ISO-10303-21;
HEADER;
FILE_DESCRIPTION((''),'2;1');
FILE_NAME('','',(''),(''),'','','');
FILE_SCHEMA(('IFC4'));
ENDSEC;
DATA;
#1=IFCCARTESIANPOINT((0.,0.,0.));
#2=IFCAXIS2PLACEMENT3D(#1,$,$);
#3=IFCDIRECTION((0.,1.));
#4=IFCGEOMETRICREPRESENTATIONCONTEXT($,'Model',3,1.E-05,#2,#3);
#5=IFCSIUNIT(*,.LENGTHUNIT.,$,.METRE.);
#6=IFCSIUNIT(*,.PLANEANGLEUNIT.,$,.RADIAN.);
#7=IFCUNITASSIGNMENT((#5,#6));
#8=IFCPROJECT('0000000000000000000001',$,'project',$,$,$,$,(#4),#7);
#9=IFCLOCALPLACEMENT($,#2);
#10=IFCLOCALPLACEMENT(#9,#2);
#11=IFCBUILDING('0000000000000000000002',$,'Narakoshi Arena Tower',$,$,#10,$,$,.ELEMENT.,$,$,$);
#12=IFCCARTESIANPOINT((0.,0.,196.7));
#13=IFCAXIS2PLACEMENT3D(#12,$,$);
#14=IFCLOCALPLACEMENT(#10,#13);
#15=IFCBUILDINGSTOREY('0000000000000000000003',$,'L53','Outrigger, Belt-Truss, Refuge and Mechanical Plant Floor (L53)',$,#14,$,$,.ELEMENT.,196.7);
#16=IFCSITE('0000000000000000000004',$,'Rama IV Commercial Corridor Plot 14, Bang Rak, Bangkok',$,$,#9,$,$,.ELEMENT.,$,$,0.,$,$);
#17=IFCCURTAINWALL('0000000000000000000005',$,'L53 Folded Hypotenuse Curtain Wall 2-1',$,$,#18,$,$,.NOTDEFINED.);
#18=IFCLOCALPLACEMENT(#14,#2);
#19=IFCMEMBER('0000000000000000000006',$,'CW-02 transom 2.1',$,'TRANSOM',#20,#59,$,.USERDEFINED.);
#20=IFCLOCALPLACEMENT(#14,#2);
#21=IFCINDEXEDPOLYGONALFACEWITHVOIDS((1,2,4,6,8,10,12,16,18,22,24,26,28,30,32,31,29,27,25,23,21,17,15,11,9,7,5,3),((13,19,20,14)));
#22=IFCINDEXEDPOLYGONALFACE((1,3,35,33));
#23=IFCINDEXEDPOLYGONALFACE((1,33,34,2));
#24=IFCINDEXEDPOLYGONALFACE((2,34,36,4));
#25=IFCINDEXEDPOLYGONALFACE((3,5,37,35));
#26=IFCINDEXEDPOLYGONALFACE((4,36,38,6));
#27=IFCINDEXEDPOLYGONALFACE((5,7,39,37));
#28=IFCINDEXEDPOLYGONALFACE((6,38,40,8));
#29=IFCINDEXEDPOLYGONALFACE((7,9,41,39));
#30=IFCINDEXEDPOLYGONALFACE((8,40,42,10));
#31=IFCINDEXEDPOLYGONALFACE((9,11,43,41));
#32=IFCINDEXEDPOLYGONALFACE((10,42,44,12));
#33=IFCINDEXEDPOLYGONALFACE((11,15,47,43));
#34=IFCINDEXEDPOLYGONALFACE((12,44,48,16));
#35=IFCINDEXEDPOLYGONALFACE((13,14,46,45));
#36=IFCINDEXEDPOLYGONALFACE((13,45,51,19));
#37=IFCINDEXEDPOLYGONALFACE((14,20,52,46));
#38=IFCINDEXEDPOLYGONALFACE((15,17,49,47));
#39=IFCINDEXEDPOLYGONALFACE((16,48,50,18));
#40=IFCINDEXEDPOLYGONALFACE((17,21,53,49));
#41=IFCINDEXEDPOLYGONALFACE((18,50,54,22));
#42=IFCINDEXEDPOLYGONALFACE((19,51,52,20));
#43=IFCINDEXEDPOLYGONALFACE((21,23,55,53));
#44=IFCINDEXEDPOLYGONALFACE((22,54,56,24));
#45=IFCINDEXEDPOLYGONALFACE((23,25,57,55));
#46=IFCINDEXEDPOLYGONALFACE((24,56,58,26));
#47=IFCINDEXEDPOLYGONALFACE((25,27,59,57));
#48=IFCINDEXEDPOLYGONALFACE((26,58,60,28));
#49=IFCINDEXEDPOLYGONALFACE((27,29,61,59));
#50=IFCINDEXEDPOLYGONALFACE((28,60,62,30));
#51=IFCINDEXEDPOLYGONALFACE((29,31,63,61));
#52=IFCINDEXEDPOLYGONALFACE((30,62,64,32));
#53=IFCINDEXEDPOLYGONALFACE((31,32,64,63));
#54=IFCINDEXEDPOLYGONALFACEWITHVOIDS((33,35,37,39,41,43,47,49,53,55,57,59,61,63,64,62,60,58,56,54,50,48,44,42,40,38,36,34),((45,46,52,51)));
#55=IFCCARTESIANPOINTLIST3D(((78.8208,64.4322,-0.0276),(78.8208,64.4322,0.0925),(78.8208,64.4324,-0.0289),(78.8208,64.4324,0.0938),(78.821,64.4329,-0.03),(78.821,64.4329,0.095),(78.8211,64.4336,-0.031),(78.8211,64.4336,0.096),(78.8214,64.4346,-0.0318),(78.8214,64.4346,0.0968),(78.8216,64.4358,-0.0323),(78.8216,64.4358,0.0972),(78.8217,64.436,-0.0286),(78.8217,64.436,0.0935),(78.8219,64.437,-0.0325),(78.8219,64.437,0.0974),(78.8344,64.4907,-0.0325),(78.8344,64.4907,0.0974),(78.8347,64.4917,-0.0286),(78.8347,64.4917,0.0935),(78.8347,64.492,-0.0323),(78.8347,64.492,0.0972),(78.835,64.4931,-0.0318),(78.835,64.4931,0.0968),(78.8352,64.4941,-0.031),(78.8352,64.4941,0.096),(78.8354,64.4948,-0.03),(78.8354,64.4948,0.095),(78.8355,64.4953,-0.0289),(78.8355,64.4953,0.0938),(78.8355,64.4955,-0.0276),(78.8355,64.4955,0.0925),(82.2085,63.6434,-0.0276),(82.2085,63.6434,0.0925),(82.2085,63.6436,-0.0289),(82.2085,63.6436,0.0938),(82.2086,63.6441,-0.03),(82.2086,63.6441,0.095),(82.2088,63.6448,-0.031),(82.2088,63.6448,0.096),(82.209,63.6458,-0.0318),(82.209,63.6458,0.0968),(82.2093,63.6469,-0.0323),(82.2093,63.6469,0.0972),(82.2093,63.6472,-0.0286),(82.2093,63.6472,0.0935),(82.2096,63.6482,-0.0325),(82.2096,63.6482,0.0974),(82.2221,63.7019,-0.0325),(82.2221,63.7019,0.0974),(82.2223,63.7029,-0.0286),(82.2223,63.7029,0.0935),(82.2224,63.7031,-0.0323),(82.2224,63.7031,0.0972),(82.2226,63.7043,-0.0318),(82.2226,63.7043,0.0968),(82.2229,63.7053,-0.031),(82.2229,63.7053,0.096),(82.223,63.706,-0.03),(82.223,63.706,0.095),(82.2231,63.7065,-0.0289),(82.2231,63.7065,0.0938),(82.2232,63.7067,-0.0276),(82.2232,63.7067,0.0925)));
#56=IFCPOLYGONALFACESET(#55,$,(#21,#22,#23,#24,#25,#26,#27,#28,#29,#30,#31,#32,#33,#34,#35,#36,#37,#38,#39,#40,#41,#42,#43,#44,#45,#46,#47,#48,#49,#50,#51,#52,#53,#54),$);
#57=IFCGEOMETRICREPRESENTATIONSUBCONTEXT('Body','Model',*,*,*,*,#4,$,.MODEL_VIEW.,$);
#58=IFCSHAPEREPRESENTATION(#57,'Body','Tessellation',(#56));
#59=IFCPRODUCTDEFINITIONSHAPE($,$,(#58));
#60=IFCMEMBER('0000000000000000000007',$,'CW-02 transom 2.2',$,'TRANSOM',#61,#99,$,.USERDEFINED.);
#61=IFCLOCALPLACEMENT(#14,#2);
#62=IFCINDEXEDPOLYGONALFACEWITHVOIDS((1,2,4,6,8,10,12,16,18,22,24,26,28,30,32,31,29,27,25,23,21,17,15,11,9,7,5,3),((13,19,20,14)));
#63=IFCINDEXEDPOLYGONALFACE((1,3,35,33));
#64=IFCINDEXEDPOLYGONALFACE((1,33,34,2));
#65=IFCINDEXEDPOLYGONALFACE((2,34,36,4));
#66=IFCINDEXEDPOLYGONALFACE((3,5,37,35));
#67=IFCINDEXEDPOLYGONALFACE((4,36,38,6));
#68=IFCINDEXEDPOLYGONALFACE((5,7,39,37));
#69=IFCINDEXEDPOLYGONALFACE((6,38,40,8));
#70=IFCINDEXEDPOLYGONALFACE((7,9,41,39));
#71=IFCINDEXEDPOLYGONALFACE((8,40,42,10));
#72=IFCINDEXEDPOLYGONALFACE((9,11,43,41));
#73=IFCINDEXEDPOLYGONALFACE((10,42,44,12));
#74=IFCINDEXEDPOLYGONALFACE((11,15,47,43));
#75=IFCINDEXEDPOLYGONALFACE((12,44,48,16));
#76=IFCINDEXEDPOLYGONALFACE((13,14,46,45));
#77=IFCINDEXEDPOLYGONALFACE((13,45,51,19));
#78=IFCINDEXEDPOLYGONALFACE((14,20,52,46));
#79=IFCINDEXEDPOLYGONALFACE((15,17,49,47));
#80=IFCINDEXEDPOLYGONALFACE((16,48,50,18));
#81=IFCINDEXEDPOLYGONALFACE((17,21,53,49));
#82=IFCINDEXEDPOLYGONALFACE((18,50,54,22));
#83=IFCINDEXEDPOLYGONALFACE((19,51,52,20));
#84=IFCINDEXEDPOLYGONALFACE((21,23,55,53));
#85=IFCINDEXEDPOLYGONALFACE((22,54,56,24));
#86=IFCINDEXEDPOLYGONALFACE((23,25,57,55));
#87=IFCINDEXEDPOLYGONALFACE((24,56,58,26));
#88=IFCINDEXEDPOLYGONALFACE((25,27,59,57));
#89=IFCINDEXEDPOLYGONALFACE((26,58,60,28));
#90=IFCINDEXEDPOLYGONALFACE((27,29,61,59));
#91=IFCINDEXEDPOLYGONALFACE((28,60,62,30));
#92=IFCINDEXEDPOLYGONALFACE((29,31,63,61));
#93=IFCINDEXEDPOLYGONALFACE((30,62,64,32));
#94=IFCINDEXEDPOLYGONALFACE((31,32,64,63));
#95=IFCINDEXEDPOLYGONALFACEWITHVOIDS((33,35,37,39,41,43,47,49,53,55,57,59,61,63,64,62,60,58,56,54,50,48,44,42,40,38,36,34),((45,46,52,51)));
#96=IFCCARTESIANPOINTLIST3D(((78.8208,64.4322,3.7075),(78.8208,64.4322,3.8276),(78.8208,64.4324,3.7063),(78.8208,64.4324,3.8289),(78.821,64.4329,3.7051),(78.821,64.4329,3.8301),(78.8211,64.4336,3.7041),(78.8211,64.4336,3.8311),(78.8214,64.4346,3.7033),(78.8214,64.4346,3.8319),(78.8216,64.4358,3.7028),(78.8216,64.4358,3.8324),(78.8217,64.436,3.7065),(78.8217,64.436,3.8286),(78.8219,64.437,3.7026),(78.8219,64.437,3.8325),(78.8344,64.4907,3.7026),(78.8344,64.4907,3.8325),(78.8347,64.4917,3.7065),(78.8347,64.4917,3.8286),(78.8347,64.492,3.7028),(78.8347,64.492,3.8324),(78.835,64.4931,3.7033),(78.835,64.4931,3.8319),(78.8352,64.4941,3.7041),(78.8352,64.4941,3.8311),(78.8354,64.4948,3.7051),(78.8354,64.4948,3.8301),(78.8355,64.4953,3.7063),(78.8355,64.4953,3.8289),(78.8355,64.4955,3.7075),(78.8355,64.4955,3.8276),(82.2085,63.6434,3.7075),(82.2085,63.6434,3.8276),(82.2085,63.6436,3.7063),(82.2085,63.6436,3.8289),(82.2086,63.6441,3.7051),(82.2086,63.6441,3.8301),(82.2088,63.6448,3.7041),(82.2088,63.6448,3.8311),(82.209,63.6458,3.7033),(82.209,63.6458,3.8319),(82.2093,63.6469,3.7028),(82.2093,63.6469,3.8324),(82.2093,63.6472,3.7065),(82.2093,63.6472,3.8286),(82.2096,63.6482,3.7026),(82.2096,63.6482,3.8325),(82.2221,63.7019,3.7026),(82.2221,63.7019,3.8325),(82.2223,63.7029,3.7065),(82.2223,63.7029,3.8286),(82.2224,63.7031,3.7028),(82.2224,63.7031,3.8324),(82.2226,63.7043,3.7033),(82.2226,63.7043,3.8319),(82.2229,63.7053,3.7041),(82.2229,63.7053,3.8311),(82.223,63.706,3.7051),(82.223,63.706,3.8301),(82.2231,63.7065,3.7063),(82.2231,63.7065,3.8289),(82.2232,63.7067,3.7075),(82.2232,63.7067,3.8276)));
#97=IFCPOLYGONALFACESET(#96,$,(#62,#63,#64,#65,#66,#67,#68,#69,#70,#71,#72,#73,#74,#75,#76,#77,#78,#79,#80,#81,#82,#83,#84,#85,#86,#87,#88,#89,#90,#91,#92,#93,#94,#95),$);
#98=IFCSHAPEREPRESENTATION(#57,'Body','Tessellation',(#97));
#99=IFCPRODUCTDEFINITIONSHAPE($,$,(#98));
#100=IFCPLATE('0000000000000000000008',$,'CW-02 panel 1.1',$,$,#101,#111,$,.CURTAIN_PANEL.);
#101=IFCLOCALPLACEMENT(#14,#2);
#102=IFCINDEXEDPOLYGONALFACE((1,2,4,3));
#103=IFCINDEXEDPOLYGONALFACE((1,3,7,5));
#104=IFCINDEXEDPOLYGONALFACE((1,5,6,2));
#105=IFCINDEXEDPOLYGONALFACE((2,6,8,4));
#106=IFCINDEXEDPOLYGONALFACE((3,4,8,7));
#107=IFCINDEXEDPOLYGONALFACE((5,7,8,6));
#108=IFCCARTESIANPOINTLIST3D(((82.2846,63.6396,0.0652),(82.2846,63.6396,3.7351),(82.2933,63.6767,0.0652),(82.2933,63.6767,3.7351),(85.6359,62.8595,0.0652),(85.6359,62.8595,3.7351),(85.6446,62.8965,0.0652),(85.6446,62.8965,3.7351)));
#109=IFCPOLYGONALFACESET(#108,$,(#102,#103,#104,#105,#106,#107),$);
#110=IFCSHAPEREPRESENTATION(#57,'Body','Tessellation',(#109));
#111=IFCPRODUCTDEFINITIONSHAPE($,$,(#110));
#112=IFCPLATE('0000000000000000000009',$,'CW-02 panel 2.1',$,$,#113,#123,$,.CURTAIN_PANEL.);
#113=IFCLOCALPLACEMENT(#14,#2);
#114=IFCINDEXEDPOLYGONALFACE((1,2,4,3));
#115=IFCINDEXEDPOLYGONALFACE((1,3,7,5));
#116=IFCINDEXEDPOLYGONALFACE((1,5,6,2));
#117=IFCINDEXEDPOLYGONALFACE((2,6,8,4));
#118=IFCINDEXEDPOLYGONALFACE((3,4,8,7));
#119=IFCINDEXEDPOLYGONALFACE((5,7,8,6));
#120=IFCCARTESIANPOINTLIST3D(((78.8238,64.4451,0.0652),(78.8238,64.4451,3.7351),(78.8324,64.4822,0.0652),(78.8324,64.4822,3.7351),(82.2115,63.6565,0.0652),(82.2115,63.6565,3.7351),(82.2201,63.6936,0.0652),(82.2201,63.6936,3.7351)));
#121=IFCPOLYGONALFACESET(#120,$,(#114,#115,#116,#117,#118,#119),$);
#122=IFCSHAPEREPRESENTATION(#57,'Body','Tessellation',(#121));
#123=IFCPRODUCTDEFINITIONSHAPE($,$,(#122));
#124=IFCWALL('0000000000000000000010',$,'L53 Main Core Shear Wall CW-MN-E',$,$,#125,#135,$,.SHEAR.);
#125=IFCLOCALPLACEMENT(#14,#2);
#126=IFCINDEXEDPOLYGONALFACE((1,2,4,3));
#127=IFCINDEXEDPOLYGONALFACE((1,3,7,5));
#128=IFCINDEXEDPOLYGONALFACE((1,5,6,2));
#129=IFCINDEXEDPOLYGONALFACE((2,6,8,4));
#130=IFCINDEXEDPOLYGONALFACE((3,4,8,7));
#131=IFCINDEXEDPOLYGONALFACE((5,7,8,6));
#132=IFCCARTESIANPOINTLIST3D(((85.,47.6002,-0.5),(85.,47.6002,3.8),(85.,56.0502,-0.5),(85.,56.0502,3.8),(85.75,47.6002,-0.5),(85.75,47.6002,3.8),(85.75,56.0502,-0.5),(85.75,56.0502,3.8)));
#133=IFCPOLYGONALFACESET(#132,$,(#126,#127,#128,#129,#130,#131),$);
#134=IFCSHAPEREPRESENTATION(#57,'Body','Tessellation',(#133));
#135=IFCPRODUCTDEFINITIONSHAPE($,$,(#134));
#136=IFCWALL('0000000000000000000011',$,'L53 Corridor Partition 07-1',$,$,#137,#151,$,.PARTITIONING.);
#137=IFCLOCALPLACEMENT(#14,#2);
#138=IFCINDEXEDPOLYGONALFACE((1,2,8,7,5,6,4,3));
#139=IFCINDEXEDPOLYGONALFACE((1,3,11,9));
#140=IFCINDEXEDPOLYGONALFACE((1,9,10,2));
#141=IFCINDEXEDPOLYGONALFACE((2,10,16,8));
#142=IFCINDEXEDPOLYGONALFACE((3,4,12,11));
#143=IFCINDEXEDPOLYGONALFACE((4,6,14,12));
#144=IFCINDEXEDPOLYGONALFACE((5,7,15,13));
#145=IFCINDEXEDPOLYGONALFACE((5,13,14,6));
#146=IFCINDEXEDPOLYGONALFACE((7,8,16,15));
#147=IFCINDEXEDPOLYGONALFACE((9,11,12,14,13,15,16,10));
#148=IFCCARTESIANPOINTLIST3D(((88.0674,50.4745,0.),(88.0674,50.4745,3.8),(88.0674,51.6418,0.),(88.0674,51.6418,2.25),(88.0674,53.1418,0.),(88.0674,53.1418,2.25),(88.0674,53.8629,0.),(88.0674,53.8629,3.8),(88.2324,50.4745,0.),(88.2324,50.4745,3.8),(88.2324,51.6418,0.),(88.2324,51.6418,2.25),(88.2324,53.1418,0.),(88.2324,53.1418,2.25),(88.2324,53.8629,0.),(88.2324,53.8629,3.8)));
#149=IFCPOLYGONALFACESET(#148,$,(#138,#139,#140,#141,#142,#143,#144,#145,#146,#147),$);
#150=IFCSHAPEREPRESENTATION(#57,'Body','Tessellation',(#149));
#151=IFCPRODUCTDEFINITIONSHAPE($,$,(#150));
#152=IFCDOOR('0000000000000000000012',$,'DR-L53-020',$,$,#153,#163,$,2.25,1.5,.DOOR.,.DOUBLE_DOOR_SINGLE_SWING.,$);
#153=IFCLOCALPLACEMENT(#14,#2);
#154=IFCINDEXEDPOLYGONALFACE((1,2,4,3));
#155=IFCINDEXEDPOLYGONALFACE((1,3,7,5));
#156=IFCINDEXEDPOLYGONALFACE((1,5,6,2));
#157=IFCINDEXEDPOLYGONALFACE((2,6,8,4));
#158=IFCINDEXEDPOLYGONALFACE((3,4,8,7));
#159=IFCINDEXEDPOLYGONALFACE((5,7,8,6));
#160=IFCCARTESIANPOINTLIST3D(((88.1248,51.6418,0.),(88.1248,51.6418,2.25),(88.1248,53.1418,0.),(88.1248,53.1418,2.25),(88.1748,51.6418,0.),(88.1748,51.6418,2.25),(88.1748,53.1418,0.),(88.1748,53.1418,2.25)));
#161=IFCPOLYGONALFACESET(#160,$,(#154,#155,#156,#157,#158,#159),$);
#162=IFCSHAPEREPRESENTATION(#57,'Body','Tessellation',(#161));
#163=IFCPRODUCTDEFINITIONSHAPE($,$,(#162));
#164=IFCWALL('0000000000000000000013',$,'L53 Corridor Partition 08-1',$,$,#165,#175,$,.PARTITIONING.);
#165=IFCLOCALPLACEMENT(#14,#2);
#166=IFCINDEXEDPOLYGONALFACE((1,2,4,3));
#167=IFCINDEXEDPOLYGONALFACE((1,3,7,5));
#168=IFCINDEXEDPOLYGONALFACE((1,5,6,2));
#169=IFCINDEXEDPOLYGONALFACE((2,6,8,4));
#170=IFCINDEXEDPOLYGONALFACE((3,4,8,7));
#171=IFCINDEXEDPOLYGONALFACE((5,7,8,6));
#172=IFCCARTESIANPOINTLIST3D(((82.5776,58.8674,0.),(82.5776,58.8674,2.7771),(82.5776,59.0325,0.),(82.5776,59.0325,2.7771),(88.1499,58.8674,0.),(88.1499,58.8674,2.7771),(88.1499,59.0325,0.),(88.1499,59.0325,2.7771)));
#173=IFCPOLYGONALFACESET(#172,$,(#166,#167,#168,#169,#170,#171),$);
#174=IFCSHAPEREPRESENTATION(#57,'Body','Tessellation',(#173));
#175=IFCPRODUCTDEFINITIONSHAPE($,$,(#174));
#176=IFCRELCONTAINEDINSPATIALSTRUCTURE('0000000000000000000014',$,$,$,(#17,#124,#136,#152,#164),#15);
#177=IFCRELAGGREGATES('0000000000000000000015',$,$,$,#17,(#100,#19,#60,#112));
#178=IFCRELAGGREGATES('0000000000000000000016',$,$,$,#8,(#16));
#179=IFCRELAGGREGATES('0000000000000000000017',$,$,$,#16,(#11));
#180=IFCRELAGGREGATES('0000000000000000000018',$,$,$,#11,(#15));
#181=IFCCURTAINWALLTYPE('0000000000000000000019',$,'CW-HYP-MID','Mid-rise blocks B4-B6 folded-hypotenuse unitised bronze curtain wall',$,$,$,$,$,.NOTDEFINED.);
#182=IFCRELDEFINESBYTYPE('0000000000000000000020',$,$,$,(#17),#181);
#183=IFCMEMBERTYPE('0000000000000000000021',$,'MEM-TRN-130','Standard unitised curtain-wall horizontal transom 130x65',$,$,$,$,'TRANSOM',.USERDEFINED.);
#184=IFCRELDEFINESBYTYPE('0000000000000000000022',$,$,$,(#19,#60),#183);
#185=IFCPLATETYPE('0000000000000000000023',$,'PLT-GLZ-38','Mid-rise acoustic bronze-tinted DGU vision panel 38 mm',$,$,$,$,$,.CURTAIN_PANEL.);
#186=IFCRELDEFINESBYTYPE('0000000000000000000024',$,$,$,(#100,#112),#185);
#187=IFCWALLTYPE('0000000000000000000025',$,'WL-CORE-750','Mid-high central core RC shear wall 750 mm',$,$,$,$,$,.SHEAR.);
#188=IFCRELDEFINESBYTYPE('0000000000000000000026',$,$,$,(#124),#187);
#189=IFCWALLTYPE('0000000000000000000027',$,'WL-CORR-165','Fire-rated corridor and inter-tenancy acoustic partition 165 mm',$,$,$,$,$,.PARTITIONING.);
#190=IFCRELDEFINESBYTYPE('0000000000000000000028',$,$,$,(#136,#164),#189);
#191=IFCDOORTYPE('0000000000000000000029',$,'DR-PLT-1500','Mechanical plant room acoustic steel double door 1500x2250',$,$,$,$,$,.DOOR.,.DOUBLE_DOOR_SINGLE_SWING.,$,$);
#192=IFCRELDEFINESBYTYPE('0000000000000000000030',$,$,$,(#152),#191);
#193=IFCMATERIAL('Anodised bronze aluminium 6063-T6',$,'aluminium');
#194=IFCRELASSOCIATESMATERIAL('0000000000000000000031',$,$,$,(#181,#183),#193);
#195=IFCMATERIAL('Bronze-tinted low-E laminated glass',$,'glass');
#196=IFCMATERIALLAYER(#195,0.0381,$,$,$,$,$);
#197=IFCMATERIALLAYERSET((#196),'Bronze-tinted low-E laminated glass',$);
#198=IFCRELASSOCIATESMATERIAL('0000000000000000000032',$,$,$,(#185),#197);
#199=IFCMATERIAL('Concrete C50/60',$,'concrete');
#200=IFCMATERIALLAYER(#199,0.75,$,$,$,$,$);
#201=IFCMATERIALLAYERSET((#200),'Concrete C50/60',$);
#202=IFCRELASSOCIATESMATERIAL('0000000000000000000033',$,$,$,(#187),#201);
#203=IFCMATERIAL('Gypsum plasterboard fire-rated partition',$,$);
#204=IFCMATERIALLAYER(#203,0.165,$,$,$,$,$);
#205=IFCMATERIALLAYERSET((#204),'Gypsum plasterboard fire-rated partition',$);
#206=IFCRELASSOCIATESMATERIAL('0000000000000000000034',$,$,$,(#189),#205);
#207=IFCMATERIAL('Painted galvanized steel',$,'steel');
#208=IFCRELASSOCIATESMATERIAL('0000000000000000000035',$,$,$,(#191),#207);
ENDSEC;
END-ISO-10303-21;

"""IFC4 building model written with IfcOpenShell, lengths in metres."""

from ifc_helpers import new_model, si_unit, direction, frame, frame_2d, origin, origin_2d, place, context, subcontext, project, spatial, rectangle, hollow_rectangle, extrude, material, layer, layer_set, material_profile, profile_set, type_object, element, fill, aggregate, save


model = new_model("IFC4")

# Units and contexts
model_context = context("Model", 3, precision=1e-05, world=origin(), true_north=direction((0.0, 1.0)))
body_context = subcontext(model_context, "Body", "Model", "MODEL_VIEW")
ifc_project = project(units=[si_unit("LENGTHUNIT", "METRE"), si_unit("PLANEANGLEUNIT", "RADIAN")], contexts=[model_context])

# Site, building, storey
site_placement = place(None, origin())
site = spatial("IfcSite", under=ifc_project, at=site_placement, Name="Rama IV Commercial Corridor Plot 14, Bang Rak, Bangkok", CompositionType="ELEMENT", RefElevation=0.0)
building_placement = place(site_placement, origin())
building = spatial("IfcBuilding", under=site, at=building_placement, Name="Narakoshi Arena Tower", CompositionType="ELEMENT")
storey_placement = place(building_placement, frame((0.0, 0.0, 196.7)))
storey = spatial("IfcBuildingStorey", under=building, at=storey_placement, Name="L53", Description="Outrigger, Belt-Truss, Refuge and Mechanical Plant Floor (L53)", CompositionType="ELEMENT", Elevation=196.7)

# Curtain wall, members, plates
ifc_material_1 = material(Name="Anodised bronze aluminium 6063-T6", Category="aluminium")
curtain_wall_type = type_object("IfcCurtainWallType", Name="CW-HYP-MID", Description="Mid-rise blocks B4-B6 folded-hypotenuse unitised bronze curtain wall", PredefinedType="NOTDEFINED", material=ifc_material_1)
curtain_wall_placement = place(storey_placement, origin())
curtain_wall = element("IfcCurtainWall", 1, at=curtain_wall_placement, inside=storey, type_object=curtain_wall_type, Name="L53 Folded Hypotenuse Curtain Wall 2-1", PredefinedType="NOTDEFINED")
ifc_material_profile_1 = material_profile(ifc_material_1, hollow_rectangle(XDim=0.0649, YDim=0.1299, WallThickness=0.0039, OuterFilletRadius=0.0049, at=origin_2d()), Name="TRN130x65x4")
ifc_profile_set_1 = profile_set([ifc_material_profile_1], Name="Anodised bronze aluminium 6063-T6")
member_type_1 = type_object("IfcMemberType", Name="MEM-TRN-130", Description="Standard unitised curtain-wall horizontal transom 130x65", ElementType="TRANSOM", PredefinedType="USERDEFINED", material=ifc_profile_set_1)
member_1_placement = place(storey_placement, frame((82.2158, 63.675, 0.0325), z_axis=(-0.973946, 0.226781, 0.0), x_axis=(-0.226781, -0.973946, 0.0)))
member_1 = element("IfcMember", 2, at=member_1_placement, type_object=member_type_1, Name="CW-02 transom 2.1", ObjectType="TRANSOM", PredefinedType="USERDEFINED", context=body_context, shape_type="SweptSolid", body=[
    extrude(hollow_rectangle(XDim=0.0649, YDim=0.1299, WallThickness=0.0039, OuterFilletRadius=0.0049, at=origin_2d()), origin(), (0.0, 0.0, 1.0), 3.4783),
])
member_2_placement = place(storey_placement, frame((82.2158, 63.675, 3.7676), z_axis=(-0.973946, 0.226781, 0.0), x_axis=(-0.226781, -0.973946, 0.0)))
member_2 = element("IfcMember", 3, at=member_2_placement, type_object=member_type_1, Name="CW-02 transom 2.2", ObjectType="TRANSOM", PredefinedType="USERDEFINED", context=body_context, shape_type="SweptSolid", body=[
    extrude(hollow_rectangle(XDim=0.0649, YDim=0.1299, WallThickness=0.0039, OuterFilletRadius=0.0049, at=origin_2d()), origin(), (0.0, 0.0, 1.0), 3.4783),
])
ifc_material_2 = material(Name="Bronze-tinted low-E laminated glass", Category="glass")
ifc_layer_1 = layer(ifc_material_2, 0.0381)
ifc_layer_set_1 = layer_set([ifc_layer_1], Name="Bronze-tinted low-E laminated glass")
plate_type = type_object("IfcPlateType", Name="PLT-GLZ-38", Description="Mid-rise acoustic bronze-tinted DGU vision panel 38 mm", PredefinedType="CURTAIN_PANEL", material=ifc_layer_set_1)
plate_1_placement = place(storey_placement, frame((83.9646, 63.2681, 0.0652), z_axis=(0.0, 0.0, 1.0), x_axis=(-0.97396, 0.226721, 0.0)))
plate_1 = element("IfcPlate", 4, at=plate_1_placement, type_object=plate_type, Name="CW-02 panel 1.1", PredefinedType="CURTAIN_PANEL", context=body_context, shape_type="SweptSolid", body=[
    extrude(rectangle(XDim=3.4409, YDim=0.0381, at=origin_2d()), origin(), (0.0, 0.0, 1.0), 3.6699),
])
plate_2_placement = place(storey_placement, frame((80.522, 64.0693, 0.0652), z_axis=(0.0, 0.0, 1.0), x_axis=(-0.97396, 0.226721, 0.0)))
plate_2 = element("IfcPlate", 5, at=plate_2_placement, type_object=plate_type, Name="CW-02 panel 2.1", PredefinedType="CURTAIN_PANEL", context=body_context, shape_type="SweptSolid", body=[
    extrude(rectangle(XDim=3.4783, YDim=0.0381, at=origin_2d()), origin(), (0.0, 0.0, 1.0), 3.6699),
])
aggregate(curtain_wall, [plate_1, member_1, member_2, plate_2])

# Wall
ifc_material_3 = material(Name="Concrete C50/60", Category="concrete")
ifc_layer_2 = layer(ifc_material_3, 0.75)
ifc_layer_set_2 = layer_set([ifc_layer_2], Name="Concrete C50/60")
wall_type_1 = type_object("IfcWallType", Name="WL-CORE-750", Description="Mid-high central core RC shear wall 750 mm", PredefinedType="SHEAR", material=ifc_layer_set_2)
wall_1_placement = place(storey_placement, frame((85.375, 47.6001, -0.5), z_axis=(0.0, 0.0, 1.0), x_axis=(0.0, 1.0, 0.0)))
element("IfcWall", 6, at=wall_1_placement, inside=storey, type_object=wall_type_1, Name="L53 Main Core Shear Wall CW-MN-E", PredefinedType="SHEAR", context=body_context, shape_type="SweptSolid", body=[
    extrude(rectangle(XDim=8.45, YDim=0.75, at=frame_2d((4.2251, 0.0))), origin(), (0.0, 0.0, 1.0), 4.3),
])

# Wall, opening, door
ifc_material_4 = material(Name="Gypsum plasterboard fire-rated partition")
ifc_layer_3 = layer(ifc_material_4, 0.165)
ifc_layer_set_3 = layer_set([ifc_layer_3], Name="Gypsum plasterboard fire-rated partition")
wall_type_2 = type_object("IfcWallType", Name="WL-CORR-165", Description="Fire-rated corridor and inter-tenancy acoustic partition 165 mm", PredefinedType="PARTITIONING", material=ifc_layer_set_3)
wall_2_placement = place(storey_placement, frame((88.1499, 50.4744, 0.0), z_axis=(0.0, 0.0, 1.0), x_axis=(0.0, 1.0, 0.0)))
wall_2 = element("IfcWall", 7, at=wall_2_placement, inside=storey, type_object=wall_type_2, Name="L53 Corridor Partition 07-1", PredefinedType="PARTITIONING", context=body_context, shape_type="SweptSolid", body=[
    extrude(rectangle(XDim=3.3884, YDim=0.165, at=frame_2d((1.6943, 0.0))), origin(), (0.0, 0.0, 1.0), 3.8),
])
opening_1_placement = place(wall_2_placement, frame((1.1675, 0.0, 0.0)))
opening_1 = element("IfcOpeningElement", 8, at=opening_1_placement, cuts=wall_2, PredefinedType="OPENING", context=body_context, shape_type="SweptSolid", body=[
    extrude(rectangle(XDim=1.5, YDim=2.25, at=frame_2d((0.75, 1.125))), frame((0.0, 0.0925, 0.0), z_axis=(0.0, -1.0, 0.0), x_axis=(1.0, 0.0, 0.0)), (0.0, 0.0, 1.0), 0.1851),
])
ifc_material_5 = material(Name="Painted galvanized steel", Category="steel")
door_type = type_object("IfcDoorType", Name="DR-PLT-1500", Description="Mechanical plant room acoustic steel double door 1500x2250", OperationType="DOUBLE_DOOR_SINGLE_SWING", PredefinedType="DOOR", material=ifc_material_5)
door_1_placement = place(opening_1_placement, frame((1.5, 0.0, 0.0), z_axis=(0.0, 0.0, 1.0), x_axis=(-1.0, 0.0, 0.0)))
door_1 = element("IfcDoor", 9, at=door_1_placement, inside=storey, type_object=door_type, Name="DR-L53-020", OperationType="DOUBLE_DOOR_SINGLE_SWING", OverallHeight=2.25, OverallWidth=1.5, PredefinedType="DOOR", context=body_context, shape_type="SweptSolid", body=[
    extrude(rectangle(XDim=1.5, YDim=2.25, at=frame_2d((0.75, 1.125))), frame((0.0, 0.0249, 0.0), z_axis=(0.0, -1.0, 0.0), x_axis=(1.0, 0.0, 0.0)), (0.0, 0.0, 1.0), 0.05),
])
fill(opening_1, door_1)

# Wall
wall_3_placement = place(storey_placement, frame((88.1499, 58.95, 0.0), z_axis=(0.0, 0.0, 1.0), x_axis=(-1.0, 0.0, 0.0)))
element("IfcWall", 10, at=wall_3_placement, inside=storey, type_object=wall_type_2, Name="L53 Corridor Partition 08-1", PredefinedType="PARTITIONING", context=body_context, shape_type="SweptSolid", body=[
    extrude(rectangle(XDim=5.5723, YDim=0.165, at=frame_2d((2.7861, 0.0))), origin(), (0.0, 0.0, 1.0), 2.7771),
])

save(model, "model.ifc")
